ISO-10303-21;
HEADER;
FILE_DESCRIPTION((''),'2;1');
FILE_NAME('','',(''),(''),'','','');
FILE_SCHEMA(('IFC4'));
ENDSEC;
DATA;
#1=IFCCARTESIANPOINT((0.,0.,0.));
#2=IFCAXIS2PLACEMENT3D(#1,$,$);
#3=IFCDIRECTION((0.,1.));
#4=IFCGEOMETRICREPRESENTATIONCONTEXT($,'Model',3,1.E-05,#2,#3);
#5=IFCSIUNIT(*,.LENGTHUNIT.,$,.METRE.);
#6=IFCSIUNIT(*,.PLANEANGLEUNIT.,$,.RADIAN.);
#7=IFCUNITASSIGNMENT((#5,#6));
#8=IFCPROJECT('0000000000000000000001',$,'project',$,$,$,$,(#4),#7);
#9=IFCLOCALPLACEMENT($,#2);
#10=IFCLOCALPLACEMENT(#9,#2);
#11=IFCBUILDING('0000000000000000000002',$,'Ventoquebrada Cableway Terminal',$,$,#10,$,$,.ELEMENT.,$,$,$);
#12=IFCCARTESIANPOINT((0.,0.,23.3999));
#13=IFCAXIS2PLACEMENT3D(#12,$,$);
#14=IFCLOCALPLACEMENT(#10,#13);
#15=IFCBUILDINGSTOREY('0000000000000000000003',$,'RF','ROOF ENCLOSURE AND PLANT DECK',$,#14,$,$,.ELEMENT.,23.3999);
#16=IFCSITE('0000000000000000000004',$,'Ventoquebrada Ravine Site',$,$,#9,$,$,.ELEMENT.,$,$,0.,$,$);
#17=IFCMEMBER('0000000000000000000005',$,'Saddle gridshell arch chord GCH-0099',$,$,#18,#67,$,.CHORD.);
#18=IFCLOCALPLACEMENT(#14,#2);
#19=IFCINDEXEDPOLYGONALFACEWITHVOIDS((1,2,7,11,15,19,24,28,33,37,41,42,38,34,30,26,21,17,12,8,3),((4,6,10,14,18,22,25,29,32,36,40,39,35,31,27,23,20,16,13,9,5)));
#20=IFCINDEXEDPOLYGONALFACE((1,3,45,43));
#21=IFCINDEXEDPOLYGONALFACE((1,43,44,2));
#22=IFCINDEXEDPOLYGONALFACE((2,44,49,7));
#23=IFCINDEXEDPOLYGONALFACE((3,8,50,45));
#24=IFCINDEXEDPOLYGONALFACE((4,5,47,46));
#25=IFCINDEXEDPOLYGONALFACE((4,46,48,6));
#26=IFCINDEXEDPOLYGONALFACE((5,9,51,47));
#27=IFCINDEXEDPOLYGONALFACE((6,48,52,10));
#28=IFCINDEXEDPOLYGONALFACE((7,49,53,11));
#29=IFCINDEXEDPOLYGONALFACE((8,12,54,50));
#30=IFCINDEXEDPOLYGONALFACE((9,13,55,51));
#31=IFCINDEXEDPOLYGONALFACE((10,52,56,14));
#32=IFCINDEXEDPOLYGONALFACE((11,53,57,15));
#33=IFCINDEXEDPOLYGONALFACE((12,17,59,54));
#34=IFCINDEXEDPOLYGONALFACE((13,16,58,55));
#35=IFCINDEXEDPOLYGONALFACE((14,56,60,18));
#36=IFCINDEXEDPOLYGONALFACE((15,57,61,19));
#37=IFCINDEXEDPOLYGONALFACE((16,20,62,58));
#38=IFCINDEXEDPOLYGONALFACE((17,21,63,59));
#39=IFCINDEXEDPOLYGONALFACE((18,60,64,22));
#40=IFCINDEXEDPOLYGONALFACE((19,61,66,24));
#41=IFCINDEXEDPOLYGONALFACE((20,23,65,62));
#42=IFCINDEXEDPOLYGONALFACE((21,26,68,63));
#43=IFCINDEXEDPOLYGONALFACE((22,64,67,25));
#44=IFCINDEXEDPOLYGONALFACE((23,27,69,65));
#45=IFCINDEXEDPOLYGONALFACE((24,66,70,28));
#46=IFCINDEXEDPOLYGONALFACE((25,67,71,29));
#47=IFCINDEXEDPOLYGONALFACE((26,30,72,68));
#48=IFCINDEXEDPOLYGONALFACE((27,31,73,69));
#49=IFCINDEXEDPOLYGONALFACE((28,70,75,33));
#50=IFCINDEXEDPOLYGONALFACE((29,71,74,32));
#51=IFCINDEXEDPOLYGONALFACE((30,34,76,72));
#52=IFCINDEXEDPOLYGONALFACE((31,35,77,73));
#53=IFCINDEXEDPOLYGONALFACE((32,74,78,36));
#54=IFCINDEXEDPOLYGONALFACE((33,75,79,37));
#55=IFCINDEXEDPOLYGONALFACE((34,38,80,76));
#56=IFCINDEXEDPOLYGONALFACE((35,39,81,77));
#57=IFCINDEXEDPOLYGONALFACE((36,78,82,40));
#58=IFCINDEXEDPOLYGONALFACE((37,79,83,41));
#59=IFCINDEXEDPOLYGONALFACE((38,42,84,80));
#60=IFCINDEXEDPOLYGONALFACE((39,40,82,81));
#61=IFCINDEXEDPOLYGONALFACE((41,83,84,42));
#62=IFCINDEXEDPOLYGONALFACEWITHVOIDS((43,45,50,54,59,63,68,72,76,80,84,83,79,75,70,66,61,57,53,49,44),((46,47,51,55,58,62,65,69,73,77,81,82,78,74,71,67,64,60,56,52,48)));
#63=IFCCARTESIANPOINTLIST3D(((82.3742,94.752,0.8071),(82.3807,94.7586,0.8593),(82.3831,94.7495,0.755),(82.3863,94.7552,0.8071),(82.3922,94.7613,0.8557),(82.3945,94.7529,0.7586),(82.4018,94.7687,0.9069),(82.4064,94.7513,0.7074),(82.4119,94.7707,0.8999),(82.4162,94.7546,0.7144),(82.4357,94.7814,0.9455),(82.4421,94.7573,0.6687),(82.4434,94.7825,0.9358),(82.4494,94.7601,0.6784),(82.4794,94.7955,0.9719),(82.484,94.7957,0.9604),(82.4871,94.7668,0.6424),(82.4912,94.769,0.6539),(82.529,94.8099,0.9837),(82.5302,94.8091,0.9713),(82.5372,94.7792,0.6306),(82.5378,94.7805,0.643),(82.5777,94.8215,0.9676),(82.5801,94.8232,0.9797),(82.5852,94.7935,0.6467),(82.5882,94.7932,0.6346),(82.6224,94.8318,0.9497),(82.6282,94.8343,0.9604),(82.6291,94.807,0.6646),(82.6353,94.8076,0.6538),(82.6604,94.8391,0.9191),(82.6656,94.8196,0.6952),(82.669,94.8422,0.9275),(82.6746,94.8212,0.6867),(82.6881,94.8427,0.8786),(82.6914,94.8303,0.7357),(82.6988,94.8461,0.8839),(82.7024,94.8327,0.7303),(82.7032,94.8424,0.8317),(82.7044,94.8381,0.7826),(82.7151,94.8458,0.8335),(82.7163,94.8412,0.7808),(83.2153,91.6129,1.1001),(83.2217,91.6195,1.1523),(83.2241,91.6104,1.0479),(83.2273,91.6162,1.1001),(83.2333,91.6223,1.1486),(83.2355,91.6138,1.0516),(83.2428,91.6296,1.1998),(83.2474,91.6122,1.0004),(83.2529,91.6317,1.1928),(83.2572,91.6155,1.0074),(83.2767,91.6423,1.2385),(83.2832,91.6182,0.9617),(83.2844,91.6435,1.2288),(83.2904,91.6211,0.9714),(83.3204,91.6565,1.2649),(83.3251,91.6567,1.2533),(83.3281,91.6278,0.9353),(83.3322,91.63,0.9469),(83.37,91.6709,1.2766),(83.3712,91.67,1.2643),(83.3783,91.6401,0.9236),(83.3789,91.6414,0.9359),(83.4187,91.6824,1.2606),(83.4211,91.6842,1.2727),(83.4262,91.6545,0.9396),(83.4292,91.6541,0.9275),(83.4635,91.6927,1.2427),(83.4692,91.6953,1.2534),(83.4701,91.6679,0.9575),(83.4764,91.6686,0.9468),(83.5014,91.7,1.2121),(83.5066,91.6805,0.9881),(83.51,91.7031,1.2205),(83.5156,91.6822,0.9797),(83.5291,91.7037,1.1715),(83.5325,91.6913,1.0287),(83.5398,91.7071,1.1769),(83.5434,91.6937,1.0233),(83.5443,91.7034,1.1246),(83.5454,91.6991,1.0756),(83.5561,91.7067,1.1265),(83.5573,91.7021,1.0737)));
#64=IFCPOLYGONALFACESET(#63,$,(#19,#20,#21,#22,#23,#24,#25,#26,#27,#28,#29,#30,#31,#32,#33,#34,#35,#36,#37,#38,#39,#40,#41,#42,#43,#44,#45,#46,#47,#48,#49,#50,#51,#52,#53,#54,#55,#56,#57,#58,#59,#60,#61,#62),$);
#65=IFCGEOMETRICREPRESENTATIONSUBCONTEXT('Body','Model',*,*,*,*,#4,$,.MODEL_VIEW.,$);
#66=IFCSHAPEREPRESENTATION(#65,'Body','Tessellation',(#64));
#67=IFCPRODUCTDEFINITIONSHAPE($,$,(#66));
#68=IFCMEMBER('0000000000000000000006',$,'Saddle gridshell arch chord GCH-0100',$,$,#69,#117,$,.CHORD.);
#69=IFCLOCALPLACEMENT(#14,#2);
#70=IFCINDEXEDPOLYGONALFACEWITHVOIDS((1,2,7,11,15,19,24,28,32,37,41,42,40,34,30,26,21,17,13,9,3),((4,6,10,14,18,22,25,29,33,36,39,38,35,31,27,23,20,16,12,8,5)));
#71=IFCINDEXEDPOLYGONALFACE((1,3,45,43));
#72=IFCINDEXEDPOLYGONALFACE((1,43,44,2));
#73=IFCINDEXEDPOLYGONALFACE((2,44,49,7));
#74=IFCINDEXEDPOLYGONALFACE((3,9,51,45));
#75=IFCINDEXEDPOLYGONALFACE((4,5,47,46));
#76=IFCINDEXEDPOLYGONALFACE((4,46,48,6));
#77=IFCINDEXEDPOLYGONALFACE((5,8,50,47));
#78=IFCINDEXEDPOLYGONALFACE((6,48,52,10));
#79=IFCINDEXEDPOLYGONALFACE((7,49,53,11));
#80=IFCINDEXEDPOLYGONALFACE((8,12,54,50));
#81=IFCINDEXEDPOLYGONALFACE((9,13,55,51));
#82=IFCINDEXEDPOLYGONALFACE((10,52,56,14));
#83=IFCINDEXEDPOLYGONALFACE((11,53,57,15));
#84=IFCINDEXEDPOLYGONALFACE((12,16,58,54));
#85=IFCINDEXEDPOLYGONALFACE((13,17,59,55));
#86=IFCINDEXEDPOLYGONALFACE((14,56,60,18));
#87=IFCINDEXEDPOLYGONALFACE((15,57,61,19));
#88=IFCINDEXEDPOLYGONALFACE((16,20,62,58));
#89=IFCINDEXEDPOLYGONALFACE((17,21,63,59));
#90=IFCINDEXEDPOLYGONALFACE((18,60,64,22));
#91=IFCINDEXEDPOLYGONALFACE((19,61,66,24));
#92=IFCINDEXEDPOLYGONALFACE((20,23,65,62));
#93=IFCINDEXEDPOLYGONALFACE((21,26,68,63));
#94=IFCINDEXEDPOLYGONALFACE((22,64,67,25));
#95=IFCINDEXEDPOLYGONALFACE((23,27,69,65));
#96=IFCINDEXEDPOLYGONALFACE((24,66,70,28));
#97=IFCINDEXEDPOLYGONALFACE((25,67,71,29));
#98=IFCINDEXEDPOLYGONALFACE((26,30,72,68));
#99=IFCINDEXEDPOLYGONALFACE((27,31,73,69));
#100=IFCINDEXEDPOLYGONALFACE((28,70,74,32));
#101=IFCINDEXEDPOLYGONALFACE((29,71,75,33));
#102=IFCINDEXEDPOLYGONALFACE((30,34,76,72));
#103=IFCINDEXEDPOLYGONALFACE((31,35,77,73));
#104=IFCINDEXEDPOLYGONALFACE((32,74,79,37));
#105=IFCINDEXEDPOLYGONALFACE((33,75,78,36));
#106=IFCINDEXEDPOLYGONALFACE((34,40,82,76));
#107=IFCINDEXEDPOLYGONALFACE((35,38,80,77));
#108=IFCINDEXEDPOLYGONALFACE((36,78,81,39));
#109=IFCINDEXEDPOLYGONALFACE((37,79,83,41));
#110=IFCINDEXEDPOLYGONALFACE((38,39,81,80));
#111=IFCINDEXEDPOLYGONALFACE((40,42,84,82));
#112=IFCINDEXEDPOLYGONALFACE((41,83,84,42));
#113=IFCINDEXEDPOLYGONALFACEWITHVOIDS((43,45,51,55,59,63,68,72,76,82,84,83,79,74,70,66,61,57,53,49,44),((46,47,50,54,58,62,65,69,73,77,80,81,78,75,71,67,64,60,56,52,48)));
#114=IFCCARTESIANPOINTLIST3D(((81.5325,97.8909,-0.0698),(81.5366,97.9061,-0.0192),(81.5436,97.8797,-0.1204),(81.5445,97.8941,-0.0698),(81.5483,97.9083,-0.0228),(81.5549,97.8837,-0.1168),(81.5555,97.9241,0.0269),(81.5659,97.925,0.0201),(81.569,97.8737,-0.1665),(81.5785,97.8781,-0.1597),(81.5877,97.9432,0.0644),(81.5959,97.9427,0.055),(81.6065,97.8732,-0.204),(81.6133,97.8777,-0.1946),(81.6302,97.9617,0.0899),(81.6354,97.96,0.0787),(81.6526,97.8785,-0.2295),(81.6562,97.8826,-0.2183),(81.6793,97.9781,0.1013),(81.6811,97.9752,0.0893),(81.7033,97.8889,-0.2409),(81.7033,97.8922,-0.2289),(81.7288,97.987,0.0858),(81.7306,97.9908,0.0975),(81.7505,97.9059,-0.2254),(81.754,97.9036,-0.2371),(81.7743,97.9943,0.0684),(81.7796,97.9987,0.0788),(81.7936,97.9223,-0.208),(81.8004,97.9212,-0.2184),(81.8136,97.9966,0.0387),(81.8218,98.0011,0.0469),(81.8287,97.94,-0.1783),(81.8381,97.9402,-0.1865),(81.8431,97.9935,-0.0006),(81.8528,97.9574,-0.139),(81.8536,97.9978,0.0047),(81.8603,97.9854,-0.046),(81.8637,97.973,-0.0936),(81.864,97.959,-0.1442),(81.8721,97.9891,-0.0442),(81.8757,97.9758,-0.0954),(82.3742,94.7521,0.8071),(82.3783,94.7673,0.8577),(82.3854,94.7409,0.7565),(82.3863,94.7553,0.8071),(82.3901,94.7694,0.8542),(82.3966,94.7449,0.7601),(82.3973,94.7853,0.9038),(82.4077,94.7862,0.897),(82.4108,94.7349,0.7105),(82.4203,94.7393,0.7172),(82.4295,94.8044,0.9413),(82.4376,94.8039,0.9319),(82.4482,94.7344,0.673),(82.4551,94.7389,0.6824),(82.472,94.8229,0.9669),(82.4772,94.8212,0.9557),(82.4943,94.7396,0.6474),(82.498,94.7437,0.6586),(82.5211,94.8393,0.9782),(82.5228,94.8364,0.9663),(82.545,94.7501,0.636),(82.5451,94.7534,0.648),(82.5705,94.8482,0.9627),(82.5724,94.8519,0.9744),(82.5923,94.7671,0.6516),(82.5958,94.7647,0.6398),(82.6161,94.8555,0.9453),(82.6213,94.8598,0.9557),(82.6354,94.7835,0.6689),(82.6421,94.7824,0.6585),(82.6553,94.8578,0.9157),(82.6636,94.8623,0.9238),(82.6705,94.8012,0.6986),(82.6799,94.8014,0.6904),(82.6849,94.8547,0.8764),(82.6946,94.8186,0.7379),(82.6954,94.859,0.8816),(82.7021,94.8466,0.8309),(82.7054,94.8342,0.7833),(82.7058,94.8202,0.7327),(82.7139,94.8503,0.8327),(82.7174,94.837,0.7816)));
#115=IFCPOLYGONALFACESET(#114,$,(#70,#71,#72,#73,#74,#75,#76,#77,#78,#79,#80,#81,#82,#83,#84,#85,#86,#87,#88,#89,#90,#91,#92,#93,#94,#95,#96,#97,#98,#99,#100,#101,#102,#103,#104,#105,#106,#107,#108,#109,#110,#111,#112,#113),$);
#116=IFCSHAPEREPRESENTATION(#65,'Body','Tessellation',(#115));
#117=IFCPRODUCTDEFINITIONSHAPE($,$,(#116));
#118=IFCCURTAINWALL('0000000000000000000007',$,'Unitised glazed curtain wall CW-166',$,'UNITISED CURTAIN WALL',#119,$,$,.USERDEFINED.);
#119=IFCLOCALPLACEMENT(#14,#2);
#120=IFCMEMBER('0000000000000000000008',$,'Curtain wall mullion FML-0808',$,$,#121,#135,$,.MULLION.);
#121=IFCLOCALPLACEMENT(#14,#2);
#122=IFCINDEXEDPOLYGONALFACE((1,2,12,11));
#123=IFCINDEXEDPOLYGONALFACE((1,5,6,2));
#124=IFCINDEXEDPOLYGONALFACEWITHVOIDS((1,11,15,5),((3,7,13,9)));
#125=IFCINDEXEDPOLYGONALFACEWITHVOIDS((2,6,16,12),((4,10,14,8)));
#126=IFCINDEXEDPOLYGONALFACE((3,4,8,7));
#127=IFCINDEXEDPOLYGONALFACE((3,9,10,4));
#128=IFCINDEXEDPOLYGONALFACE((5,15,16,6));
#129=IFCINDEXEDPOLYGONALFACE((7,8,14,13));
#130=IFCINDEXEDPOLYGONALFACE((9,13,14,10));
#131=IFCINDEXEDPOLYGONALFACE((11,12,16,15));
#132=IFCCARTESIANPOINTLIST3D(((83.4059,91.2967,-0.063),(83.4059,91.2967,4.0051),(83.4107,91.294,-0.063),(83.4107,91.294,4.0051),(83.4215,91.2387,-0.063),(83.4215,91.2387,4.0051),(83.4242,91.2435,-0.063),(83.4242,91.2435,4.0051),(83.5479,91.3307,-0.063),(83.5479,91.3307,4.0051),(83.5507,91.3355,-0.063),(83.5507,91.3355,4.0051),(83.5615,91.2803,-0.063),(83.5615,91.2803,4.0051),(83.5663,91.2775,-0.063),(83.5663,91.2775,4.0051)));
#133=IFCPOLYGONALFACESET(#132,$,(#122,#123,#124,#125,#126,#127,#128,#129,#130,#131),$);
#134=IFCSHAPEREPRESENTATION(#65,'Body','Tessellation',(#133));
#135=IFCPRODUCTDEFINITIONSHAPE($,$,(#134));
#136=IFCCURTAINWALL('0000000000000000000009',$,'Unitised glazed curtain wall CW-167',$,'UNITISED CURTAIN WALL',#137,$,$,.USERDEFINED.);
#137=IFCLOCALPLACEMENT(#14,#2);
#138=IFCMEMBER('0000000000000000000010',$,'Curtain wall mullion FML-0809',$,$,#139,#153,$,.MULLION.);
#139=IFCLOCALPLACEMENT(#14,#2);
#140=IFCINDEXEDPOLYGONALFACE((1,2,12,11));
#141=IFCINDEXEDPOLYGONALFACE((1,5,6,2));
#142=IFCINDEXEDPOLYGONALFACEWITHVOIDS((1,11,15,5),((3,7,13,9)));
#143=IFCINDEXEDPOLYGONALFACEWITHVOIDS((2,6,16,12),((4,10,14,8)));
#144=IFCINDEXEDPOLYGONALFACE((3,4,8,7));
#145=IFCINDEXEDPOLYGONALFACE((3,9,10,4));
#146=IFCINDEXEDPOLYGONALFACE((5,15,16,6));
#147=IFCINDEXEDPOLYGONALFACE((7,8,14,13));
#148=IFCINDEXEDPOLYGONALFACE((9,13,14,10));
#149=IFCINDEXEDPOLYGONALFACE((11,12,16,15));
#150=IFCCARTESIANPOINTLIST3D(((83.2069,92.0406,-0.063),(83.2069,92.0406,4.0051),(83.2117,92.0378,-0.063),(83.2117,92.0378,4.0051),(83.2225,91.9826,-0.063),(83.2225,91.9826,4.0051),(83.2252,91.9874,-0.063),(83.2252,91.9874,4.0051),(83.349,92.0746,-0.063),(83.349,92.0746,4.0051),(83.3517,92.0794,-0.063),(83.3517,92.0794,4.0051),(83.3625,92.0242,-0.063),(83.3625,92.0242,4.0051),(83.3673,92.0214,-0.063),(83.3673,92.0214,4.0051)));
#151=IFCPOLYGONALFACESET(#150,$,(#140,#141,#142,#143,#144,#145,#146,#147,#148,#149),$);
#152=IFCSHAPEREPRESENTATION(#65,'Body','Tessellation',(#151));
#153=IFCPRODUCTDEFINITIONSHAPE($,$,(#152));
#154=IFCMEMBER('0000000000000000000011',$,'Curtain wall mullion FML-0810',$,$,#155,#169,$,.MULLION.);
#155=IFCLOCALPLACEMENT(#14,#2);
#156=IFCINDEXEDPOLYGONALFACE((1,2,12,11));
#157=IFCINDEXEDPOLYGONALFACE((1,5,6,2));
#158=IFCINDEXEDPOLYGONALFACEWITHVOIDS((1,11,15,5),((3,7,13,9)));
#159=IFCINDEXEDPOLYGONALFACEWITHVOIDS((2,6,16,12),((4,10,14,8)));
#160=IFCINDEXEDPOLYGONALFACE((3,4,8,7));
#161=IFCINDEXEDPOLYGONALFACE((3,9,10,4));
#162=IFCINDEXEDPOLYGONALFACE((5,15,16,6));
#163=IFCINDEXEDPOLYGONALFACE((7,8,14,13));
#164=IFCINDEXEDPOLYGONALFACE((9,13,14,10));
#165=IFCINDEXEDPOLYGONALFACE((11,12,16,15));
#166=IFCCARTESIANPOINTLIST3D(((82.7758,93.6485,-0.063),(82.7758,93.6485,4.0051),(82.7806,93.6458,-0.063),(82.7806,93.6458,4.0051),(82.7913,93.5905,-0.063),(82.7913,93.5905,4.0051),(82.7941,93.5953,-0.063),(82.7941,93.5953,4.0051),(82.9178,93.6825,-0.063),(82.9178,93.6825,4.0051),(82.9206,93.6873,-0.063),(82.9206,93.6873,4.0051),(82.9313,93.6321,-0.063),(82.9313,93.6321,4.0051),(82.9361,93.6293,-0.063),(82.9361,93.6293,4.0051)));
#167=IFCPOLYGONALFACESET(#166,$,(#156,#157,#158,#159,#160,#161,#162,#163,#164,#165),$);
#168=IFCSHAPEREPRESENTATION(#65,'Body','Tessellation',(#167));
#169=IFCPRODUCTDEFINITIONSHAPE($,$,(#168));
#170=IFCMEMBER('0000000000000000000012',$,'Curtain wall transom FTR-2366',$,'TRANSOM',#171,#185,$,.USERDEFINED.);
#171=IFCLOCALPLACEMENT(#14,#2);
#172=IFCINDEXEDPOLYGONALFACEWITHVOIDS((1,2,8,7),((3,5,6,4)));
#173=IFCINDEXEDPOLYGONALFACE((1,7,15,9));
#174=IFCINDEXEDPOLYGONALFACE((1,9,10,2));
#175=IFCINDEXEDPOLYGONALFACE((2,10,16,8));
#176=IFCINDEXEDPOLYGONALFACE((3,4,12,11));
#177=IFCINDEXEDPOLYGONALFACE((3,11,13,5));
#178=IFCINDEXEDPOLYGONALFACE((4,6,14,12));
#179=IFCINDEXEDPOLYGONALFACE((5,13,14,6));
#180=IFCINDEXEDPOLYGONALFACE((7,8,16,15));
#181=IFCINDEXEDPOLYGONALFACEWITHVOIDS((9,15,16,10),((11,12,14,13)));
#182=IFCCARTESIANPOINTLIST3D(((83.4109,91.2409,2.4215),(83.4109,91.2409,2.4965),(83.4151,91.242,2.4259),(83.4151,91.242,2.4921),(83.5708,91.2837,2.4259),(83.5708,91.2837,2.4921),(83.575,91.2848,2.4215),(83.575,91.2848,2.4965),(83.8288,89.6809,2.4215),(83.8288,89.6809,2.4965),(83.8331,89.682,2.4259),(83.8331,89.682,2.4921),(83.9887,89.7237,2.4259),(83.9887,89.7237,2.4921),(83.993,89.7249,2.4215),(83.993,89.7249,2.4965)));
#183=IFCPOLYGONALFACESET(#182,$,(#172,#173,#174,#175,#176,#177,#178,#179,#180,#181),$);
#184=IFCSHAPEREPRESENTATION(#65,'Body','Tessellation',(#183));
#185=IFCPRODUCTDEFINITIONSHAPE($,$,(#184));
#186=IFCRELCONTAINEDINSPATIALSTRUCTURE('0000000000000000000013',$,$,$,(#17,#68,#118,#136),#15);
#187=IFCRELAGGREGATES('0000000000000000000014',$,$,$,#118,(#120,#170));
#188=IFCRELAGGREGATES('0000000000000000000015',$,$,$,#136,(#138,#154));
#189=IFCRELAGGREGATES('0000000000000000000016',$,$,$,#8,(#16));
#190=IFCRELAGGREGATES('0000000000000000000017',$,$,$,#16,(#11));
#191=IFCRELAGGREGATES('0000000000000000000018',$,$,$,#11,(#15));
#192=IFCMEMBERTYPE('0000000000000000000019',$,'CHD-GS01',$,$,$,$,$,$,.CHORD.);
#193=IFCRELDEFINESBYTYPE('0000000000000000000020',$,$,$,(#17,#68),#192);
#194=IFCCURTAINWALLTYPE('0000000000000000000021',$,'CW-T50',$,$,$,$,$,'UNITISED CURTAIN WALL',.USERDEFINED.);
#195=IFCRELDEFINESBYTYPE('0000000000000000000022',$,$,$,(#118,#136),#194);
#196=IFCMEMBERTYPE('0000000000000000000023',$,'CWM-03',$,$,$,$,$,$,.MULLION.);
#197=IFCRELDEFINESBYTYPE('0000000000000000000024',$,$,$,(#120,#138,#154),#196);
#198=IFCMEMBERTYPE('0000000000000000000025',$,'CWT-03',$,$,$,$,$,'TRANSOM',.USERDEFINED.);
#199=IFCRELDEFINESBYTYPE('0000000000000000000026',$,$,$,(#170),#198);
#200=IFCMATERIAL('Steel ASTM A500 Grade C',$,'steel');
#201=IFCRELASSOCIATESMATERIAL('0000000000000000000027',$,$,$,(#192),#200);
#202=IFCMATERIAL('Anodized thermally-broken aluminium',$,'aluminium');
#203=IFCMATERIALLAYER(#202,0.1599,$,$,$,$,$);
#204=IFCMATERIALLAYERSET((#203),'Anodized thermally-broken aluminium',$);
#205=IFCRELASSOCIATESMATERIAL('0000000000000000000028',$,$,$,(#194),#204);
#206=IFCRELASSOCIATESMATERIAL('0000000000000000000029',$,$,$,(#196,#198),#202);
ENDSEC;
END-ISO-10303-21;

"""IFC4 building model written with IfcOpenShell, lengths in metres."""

from ifc_helpers import new_model, si_unit, direction, frame, origin, origin_2d, place, context, subcontext, project, spatial, hollow_rectangle, hollow_circle, extrude, material, layer, layer_set, material_profile, profile_set, type_object, element, aggregate, save


model = new_model("IFC4")

# Units and contexts
model_context = context("Model", 3, precision=1e-05, world=origin(), true_north=direction((0.0, 1.0)))
body_context = subcontext(model_context, "Body", "Model", "MODEL_VIEW")
ifc_project = project(units=[si_unit("LENGTHUNIT", "METRE"), si_unit("PLANEANGLEUNIT", "RADIAN")], contexts=[model_context])

# Site, building, storey
site_placement = place(None, origin())
site = spatial("IfcSite", under=ifc_project, at=site_placement, Name="Ventoquebrada Ravine Site", CompositionType="ELEMENT", RefElevation=0.0)
building_placement = place(site_placement, origin())
building = spatial("IfcBuilding", under=site, at=building_placement, Name="Ventoquebrada Cableway Terminal", CompositionType="ELEMENT")
storey_placement = place(building_placement, frame((0.0, 0.0, 23.3999)))
storey = spatial("IfcBuildingStorey", under=building, at=storey_placement, Name="RF", Description="ROOF ENCLOSURE AND PLANT DECK", CompositionType="ELEMENT", Elevation=23.3999)

# Members
ifc_material_1 = material(Name="Steel ASTM A500 Grade C", Category="steel")
ifc_material_profile_1 = material_profile(ifc_material_1, hollow_circle(Radius=0.1777, WallThickness=0.0125, at=origin_2d()), Name="CHS355.6X12.5")
ifc_profile_set_1 = profile_set([ifc_material_profile_1], Name="Steel ASTM A500 Grade C")
member_type_1 = type_object("IfcMemberType", Name="CHD-GS01", PredefinedType="CHORD", material=ifc_profile_set_1)
member_1_placement = place(storey_placement, frame((83.387, 91.6589, 1.1001), z_axis=(-0.257753, 0.96203, -0.089783), x_axis=(-0.965931, -0.258799, 0.0)))
element("IfcMember", 1, at=member_1_placement, inside=storey, type_object=member_type_1, Name="Saddle gridshell arch chord GCH-0099", PredefinedType="CHORD", context=body_context, shape_type="SweptSolid", body=[
    extrude(hollow_circle(Radius=0.1777, WallThickness=0.0125, at=origin_2d()), origin(), (0.0, 0.0, 1.0), 3.2629),
])
member_2_placement = place(storey_placement, frame((82.5459, 94.7981, 0.8071), z_axis=(-0.250083, 0.932515, -0.260527), x_axis=(-0.96587, -0.259028, 0.0)))
element("IfcMember", 2, at=member_2_placement, inside=storey, type_object=member_type_1, Name="Saddle gridshell arch chord GCH-0100", PredefinedType="CHORD", context=body_context, shape_type="SweptSolid", body=[
    extrude(hollow_circle(Radius=0.1777, WallThickness=0.0125, at=origin_2d()), origin(), (0.0, 0.0, 1.0), 3.366),
])

# Curtain wall, member
ifc_material_2 = material(Name="Anodized thermally-broken aluminium", Category="aluminium")
ifc_layer_1 = layer(ifc_material_2, 0.1599)
ifc_layer_set_1 = layer_set([ifc_layer_1], Name="Anodized thermally-broken aluminium")
curtain_wall_type = type_object("IfcCurtainWallType", Name="CW-T50", ElementType="UNITISED CURTAIN WALL", PredefinedType="USERDEFINED", material=ifc_layer_set_1)
curtain_wall_1_placement = place(storey_placement, origin())
curtain_wall_1 = element("IfcCurtainWall", 3, at=curtain_wall_1_placement, inside=storey, type_object=curtain_wall_type, Name="Unitised glazed curtain wall CW-166", ObjectType="UNITISED CURTAIN WALL", PredefinedType="USERDEFINED")
ifc_material_profile_2 = material_profile(ifc_material_2, hollow_rectangle(XDim=0.0601, YDim=0.1499, WallThickness=0.0039, at=origin_2d()), Name="CW-MUL-60X150")
ifc_profile_set_2 = profile_set([ifc_material_profile_2], Name="Anodized thermally-broken aluminium")
member_type_2 = type_object("IfcMemberType", Name="CWM-03", PredefinedType="MULLION", material=ifc_profile_set_2)
member_3_placement = place(storey_placement, frame((83.4861, 91.2871, -0.063), z_axis=(0.0, 0.0, 1.0), x_axis=(-0.258802, 0.96593, 0.0)))
member_3 = element("IfcMember", 4, at=member_3_placement, type_object=member_type_2, Name="Curtain wall mullion FML-0808", PredefinedType="MULLION", context=body_context, shape_type="SweptSolid", body=[
    extrude(hollow_rectangle(XDim=0.0601, YDim=0.1499, WallThickness=0.0039, at=origin_2d()), origin(), (0.0, 0.0, 1.0), 4.0681),
])

# Curtain wall, members
curtain_wall_2_placement = place(storey_placement, origin())
curtain_wall_2 = element("IfcCurtainWall", 5, at=curtain_wall_2_placement, inside=storey, type_object=curtain_wall_type, Name="Unitised glazed curtain wall CW-167", ObjectType="UNITISED CURTAIN WALL", PredefinedType="USERDEFINED")
member_4_placement = place(storey_placement, frame((83.2871, 92.031, -0.063), z_axis=(0.0, 0.0, 1.0), x_axis=(-0.258836, 0.965921, 0.0)))
member_4 = element("IfcMember", 6, at=member_4_placement, type_object=member_type_2, Name="Curtain wall mullion FML-0809", PredefinedType="MULLION", context=body_context, shape_type="SweptSolid", body=[
    extrude(hollow_rectangle(XDim=0.0601, YDim=0.1499, WallThickness=0.0039, at=origin_2d()), origin(), (0.0, 0.0, 1.0), 4.0681),
])
member_5_placement = place(storey_placement, frame((82.856, 93.6389, -0.063), z_axis=(0.0, 0.0, 1.0), x_axis=(-0.258836, 0.965921, 0.0)))
member_5 = element("IfcMember", 7, at=member_5_placement, type_object=member_type_2, Name="Curtain wall mullion FML-0810", PredefinedType="MULLION", context=body_context, shape_type="SweptSolid", body=[
    extrude(hollow_rectangle(XDim=0.0601, YDim=0.1499, WallThickness=0.0039, at=origin_2d()), origin(), (0.0, 0.0, 1.0), 4.0681),
])

# Member
ifc_material_profile_3 = material_profile(ifc_material_2, hollow_rectangle(XDim=0.075, YDim=0.1699, WallThickness=0.0044, at=origin_2d()), Name="CW-TRN-75X170")
ifc_profile_set_3 = profile_set([ifc_material_profile_3], Name="Anodized thermally-broken aluminium")
member_type_3 = type_object("IfcMemberType", Name="CWT-03", ElementType="TRANSOM", PredefinedType="USERDEFINED", material=ifc_profile_set_3)
member_6_placement = place(storey_placement, frame((83.9109, 89.7029, 2.459), z_axis=(-0.258791, 0.965933, 0.0), x_axis=(0.0, 0.0, 1.0)))
member_6 = element("IfcMember", 8, at=member_6_placement, type_object=member_type_3, Name="Curtain wall transom FTR-2366", ObjectType="TRANSOM", PredefinedType="USERDEFINED", context=body_context, shape_type="SweptSolid", body=[
    extrude(hollow_rectangle(XDim=0.075, YDim=0.1699, WallThickness=0.0044, at=origin_2d()), origin(), (0.0, 0.0, 1.0), 1.615),
])

aggregate(curtain_wall_1, [member_3, member_6])
aggregate(curtain_wall_2, [member_4, member_5])

save(model, "model.ifc")
